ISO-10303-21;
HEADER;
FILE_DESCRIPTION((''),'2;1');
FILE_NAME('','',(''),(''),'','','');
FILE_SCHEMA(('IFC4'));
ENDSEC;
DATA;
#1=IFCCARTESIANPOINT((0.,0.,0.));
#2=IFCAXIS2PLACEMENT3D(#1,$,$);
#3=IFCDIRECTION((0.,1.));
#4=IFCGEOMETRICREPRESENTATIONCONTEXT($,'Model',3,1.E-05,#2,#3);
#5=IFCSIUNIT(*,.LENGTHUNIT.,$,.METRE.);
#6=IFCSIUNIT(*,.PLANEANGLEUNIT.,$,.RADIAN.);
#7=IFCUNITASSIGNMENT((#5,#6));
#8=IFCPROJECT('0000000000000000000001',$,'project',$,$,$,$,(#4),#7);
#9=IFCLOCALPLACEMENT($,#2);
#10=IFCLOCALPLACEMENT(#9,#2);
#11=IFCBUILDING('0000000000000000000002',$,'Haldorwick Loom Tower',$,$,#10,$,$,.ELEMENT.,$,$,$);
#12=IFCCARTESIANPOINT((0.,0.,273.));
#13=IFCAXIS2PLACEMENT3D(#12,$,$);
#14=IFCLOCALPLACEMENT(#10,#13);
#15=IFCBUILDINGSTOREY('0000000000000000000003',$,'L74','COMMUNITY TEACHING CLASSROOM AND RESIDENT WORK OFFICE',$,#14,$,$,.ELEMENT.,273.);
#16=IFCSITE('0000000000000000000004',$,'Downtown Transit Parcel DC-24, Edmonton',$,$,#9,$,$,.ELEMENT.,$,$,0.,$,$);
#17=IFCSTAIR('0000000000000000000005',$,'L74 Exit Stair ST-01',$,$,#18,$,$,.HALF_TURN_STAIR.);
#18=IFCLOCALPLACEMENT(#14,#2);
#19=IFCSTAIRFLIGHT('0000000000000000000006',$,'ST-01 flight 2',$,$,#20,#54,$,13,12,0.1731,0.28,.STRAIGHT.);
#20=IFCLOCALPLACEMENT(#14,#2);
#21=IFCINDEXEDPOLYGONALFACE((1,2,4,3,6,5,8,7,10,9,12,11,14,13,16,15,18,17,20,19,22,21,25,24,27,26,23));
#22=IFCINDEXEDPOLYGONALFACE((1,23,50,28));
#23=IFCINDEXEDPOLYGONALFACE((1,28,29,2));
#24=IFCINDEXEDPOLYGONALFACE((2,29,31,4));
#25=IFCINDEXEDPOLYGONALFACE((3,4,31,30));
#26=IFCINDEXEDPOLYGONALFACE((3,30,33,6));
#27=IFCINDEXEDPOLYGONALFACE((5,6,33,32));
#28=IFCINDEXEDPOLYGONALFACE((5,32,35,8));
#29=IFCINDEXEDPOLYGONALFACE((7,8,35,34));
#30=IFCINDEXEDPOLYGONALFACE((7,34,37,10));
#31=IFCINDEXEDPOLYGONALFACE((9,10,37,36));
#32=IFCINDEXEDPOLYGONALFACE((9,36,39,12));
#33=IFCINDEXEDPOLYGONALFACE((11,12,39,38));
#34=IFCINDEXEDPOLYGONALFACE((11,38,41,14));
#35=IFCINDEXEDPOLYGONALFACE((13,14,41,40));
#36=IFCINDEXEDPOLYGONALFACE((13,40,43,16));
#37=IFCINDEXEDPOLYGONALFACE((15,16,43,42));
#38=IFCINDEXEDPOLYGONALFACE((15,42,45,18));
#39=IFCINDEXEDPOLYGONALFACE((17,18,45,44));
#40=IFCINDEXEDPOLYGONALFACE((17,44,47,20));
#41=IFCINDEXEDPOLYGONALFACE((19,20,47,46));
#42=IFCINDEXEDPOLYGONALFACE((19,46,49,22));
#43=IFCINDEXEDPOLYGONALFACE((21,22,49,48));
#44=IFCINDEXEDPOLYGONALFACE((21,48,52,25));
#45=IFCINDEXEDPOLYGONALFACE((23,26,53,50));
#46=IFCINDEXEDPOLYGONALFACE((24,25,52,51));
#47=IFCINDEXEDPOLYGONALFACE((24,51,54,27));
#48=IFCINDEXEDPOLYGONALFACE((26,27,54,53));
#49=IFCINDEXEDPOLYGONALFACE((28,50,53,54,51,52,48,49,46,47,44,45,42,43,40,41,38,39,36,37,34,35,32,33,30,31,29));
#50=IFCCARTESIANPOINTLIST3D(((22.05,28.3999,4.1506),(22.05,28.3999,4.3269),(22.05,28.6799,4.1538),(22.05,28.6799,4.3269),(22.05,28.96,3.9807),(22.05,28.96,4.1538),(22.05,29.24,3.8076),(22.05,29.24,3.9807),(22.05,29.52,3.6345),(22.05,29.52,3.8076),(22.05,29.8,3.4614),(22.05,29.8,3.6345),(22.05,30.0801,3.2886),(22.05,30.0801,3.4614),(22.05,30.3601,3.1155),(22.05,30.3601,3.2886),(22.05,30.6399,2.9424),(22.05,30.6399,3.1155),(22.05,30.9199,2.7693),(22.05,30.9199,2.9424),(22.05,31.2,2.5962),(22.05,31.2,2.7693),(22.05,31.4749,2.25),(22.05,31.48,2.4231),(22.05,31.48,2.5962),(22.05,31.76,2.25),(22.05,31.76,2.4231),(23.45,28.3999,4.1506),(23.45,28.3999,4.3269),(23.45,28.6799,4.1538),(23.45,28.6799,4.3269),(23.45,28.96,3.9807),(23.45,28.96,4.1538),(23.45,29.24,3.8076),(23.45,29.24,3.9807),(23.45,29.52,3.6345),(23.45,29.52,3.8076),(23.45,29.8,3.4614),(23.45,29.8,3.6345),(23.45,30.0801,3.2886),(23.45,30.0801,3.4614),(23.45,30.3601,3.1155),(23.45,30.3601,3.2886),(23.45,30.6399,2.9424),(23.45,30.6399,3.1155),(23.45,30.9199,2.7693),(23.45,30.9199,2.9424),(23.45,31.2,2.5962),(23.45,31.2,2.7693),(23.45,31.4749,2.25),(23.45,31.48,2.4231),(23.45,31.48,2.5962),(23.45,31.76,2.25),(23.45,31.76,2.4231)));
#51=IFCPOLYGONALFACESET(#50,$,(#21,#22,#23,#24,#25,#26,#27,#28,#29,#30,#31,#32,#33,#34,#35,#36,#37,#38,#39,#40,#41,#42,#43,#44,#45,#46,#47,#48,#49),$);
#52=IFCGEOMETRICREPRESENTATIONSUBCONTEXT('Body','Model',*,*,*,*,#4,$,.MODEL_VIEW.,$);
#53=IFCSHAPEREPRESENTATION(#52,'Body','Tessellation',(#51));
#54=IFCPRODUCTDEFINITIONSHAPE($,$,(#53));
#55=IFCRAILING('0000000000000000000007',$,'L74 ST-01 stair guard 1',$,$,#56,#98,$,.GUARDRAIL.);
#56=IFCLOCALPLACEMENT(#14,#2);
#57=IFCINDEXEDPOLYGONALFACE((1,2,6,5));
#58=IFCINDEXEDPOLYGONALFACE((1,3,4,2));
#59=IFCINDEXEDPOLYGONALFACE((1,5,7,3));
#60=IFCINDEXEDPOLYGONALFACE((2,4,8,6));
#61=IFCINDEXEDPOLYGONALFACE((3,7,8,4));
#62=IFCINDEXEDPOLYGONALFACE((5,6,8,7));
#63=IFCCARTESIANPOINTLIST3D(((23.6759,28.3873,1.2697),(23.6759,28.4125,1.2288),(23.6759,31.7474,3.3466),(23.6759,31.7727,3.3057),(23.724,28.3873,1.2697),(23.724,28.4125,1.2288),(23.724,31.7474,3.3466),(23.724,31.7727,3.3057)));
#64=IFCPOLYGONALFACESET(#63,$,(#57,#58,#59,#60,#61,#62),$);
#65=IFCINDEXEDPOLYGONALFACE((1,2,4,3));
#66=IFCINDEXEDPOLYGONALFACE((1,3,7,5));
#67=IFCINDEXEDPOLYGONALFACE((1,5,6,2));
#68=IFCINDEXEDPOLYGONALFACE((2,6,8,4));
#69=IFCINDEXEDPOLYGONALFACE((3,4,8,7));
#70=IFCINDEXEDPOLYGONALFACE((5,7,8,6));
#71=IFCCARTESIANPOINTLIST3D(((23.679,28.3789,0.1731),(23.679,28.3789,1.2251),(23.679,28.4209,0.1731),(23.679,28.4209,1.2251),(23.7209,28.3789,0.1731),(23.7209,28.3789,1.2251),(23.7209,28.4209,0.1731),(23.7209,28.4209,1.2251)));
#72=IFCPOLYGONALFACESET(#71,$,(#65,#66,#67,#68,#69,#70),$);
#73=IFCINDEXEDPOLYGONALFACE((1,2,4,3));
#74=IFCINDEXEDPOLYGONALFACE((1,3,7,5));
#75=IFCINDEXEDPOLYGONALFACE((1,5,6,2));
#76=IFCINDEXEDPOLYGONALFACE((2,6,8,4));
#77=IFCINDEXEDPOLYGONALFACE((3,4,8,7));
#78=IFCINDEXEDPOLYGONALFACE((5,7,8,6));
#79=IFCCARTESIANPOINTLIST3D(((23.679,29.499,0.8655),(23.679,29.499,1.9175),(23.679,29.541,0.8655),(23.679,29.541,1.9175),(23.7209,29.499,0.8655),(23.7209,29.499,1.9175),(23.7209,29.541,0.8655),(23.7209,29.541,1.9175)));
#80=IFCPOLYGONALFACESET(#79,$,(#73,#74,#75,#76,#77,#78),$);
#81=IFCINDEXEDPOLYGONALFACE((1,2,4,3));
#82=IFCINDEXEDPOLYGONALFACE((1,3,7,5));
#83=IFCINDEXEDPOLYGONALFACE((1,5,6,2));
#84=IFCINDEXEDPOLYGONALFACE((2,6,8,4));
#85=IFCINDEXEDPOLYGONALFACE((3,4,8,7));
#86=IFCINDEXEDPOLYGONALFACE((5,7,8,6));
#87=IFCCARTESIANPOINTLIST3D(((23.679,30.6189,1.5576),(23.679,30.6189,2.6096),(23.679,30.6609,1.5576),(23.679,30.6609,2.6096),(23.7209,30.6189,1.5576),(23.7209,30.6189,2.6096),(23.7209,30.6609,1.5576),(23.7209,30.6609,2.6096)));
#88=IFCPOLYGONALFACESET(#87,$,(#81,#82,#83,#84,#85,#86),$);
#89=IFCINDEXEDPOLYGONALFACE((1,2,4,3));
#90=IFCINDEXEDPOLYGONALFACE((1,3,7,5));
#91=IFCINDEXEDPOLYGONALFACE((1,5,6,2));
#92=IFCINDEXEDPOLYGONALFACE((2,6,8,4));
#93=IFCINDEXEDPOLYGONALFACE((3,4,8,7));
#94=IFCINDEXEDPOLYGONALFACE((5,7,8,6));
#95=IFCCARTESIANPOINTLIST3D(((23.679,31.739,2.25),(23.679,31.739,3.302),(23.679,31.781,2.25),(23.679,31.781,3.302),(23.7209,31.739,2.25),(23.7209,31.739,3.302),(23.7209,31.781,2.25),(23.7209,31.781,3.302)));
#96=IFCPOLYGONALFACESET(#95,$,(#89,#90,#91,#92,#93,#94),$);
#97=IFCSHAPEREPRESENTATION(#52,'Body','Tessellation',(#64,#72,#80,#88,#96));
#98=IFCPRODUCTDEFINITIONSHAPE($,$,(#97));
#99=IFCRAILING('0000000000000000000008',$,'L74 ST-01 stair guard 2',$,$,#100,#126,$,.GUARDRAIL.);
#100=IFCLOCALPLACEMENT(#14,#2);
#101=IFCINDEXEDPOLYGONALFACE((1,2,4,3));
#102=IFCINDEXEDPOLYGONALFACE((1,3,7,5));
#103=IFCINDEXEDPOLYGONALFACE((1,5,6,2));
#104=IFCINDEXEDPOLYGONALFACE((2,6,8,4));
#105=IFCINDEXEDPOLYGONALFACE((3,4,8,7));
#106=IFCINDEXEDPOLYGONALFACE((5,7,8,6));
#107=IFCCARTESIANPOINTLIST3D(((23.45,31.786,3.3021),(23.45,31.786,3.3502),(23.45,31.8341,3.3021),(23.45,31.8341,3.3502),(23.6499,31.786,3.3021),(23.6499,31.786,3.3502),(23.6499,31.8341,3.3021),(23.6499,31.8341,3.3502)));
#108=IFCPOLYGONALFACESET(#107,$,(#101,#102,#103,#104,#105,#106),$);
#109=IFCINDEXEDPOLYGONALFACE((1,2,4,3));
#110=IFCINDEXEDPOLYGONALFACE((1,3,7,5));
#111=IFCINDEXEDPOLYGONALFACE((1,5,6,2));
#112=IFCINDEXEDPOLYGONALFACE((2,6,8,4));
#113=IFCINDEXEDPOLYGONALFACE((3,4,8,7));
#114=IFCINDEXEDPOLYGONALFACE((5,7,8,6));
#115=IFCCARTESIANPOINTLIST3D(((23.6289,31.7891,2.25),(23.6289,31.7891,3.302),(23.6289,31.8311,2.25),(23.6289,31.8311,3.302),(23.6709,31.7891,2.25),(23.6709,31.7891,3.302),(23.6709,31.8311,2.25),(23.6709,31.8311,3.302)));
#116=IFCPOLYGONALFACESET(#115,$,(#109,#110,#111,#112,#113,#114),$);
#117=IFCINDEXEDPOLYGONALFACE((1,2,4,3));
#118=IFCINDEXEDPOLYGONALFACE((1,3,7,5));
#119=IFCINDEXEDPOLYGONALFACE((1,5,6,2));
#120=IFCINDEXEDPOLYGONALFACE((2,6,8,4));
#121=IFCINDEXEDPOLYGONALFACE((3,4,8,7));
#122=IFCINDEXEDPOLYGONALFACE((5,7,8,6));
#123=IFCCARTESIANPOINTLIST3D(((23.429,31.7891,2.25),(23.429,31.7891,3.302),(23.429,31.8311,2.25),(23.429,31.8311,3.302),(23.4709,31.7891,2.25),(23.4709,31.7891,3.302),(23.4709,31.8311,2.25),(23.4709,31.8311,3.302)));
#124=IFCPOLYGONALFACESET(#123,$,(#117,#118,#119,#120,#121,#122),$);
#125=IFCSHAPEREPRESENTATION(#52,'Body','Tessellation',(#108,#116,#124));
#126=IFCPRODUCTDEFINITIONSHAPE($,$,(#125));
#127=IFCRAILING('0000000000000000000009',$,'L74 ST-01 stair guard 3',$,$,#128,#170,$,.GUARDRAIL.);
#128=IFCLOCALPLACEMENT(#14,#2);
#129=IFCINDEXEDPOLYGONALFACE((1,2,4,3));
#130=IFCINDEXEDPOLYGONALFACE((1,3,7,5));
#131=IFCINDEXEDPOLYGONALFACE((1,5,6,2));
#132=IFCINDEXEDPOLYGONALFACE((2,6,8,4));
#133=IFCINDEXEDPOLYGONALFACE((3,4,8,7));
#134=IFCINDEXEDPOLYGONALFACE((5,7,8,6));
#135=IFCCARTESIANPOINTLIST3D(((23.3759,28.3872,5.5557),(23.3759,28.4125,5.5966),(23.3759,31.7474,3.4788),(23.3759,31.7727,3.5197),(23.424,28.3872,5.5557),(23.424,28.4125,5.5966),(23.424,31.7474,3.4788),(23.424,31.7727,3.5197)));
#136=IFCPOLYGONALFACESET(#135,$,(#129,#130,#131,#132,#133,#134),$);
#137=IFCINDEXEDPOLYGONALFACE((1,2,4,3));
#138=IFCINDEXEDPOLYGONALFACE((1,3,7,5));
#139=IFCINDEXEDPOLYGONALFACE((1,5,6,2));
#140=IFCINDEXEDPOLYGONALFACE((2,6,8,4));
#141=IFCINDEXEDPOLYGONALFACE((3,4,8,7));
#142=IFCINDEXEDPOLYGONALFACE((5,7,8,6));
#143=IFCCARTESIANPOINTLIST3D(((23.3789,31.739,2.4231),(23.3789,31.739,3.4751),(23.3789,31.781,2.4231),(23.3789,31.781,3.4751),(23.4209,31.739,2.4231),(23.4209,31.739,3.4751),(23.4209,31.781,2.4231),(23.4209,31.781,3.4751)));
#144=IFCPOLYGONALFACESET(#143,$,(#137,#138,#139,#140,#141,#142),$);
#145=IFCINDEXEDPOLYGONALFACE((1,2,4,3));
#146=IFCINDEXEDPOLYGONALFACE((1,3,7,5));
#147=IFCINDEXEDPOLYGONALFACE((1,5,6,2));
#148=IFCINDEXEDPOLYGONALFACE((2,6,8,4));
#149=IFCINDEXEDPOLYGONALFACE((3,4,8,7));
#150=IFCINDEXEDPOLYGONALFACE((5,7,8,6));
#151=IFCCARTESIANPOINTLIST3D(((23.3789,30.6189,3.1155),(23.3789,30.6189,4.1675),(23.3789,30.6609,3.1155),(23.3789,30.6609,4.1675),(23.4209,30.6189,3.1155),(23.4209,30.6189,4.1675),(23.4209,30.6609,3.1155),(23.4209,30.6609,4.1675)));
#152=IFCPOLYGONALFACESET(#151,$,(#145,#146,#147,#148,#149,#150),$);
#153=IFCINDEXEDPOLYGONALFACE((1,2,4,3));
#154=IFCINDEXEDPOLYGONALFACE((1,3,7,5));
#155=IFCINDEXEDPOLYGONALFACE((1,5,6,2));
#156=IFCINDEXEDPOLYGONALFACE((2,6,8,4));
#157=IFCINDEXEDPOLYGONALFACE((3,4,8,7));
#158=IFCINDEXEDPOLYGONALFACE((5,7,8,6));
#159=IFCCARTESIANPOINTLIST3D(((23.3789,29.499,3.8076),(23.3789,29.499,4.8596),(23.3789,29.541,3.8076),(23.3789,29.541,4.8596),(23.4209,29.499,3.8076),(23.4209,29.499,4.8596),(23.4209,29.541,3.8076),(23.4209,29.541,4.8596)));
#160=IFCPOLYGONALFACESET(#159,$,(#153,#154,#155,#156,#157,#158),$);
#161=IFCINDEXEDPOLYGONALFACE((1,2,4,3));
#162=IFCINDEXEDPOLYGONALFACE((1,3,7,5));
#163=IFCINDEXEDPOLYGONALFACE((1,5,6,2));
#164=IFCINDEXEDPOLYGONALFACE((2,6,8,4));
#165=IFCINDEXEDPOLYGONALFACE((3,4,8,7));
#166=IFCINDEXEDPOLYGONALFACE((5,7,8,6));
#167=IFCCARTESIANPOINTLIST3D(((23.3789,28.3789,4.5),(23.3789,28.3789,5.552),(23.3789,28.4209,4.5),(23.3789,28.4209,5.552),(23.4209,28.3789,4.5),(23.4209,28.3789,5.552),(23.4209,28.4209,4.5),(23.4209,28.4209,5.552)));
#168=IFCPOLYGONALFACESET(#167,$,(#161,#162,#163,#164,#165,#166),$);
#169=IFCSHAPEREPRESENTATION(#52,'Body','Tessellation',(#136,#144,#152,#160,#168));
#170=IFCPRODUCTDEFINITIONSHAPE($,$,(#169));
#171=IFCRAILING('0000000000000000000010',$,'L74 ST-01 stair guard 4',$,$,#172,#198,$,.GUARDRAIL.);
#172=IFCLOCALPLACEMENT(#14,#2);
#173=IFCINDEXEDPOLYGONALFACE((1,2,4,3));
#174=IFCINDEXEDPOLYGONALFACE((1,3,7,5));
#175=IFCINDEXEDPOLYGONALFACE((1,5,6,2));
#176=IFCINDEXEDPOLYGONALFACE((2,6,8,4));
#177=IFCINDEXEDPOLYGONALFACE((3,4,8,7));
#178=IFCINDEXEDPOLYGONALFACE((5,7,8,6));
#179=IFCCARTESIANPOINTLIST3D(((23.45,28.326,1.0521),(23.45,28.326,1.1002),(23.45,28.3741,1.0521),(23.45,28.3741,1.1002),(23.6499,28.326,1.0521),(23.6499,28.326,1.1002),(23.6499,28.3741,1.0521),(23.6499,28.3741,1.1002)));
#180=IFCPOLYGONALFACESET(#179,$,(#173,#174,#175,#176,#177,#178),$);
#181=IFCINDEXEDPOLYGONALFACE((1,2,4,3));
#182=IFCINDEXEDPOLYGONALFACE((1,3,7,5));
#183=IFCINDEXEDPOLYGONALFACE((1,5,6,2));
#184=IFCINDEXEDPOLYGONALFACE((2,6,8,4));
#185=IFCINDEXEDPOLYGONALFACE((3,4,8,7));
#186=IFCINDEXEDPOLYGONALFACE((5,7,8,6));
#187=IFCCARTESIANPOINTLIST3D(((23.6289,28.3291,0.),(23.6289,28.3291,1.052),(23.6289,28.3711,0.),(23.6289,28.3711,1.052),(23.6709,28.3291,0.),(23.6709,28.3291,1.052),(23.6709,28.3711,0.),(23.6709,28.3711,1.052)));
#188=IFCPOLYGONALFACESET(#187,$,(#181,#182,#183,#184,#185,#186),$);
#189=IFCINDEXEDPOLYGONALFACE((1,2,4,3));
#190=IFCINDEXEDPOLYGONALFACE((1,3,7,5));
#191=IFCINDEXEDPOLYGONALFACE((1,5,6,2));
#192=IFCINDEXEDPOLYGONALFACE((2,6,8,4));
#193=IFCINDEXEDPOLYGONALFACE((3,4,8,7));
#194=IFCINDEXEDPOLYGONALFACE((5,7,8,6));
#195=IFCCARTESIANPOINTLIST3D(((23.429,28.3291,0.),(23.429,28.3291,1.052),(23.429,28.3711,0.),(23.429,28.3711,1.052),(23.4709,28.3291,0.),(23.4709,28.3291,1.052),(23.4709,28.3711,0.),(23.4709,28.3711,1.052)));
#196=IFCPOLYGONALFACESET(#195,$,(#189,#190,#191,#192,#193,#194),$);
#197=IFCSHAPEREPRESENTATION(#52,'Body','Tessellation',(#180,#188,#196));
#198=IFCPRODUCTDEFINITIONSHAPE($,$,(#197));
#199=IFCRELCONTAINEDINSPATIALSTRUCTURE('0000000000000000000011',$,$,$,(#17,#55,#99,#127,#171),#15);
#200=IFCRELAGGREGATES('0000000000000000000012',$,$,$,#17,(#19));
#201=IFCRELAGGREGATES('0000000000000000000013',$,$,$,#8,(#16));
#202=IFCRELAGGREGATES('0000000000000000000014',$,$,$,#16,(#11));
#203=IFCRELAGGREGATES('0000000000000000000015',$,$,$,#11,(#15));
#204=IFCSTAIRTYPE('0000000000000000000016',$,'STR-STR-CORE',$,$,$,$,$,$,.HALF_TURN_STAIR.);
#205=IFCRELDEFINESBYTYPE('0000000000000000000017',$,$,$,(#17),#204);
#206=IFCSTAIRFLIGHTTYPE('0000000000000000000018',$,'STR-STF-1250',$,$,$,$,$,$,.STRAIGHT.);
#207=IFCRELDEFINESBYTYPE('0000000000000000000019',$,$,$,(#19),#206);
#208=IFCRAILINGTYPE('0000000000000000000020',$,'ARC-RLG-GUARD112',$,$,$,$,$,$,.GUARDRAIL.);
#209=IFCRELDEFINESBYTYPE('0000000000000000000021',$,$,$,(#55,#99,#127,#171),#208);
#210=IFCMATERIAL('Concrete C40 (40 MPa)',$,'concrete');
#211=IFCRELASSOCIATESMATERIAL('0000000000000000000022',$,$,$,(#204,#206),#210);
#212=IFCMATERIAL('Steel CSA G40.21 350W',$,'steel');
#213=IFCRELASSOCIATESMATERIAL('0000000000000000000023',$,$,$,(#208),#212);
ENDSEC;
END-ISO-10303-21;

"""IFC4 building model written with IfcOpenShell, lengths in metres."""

from ifc_helpers import new_model, si_unit, direction, frame, origin, origin_2d, place, context, subcontext, project, spatial, polyline, rectangle, outline, extrude, material, type_object, element, aggregate, save


model = new_model("IFC4")

# Units and contexts
model_context = context("Model", 3, precision=1e-05, world=origin(), true_north=direction((0.0, 1.0)))
body_context = subcontext(model_context, "Body", "Model", "MODEL_VIEW")
ifc_project = project(units=[si_unit("LENGTHUNIT", "METRE"), si_unit("PLANEANGLEUNIT", "RADIAN")], contexts=[model_context])

# Site, building, storey
site_placement = place(None, origin())
site = spatial("IfcSite", under=ifc_project, at=site_placement, Name="Downtown Transit Parcel DC-24, Edmonton", CompositionType="ELEMENT", RefElevation=0.0)
building_placement = place(site_placement, origin())
building = spatial("IfcBuilding", under=site, at=building_placement, Name="Haldorwick Loom Tower", CompositionType="ELEMENT")
storey_placement = place(building_placement, frame((0.0, 0.0, 273.0)))
storey = spatial("IfcBuildingStorey", under=building, at=storey_placement, Name="L74", Description="COMMUNITY TEACHING CLASSROOM AND RESIDENT WORK OFFICE", CompositionType="ELEMENT", Elevation=273.0)

# Shared definitions
ifc_material_1 = material(Name="Steel CSA G40.21 350W", Category="steel")

# Stair, stair flight
ifc_material_2 = material(Name="Concrete C40 (40 MPa)", Category="concrete")
stair_type = type_object("IfcStairType", Name="STR-STR-CORE", PredefinedType="HALF_TURN_STAIR", material=ifc_material_2)
stair_placement = place(storey_placement, origin())
stair = element("IfcStair", 1, at=stair_placement, inside=storey, type_object=stair_type, Name="L74 Exit Stair ST-01", PredefinedType="HALF_TURN_STAIR")
stair_flight_type = type_object("IfcStairFlightType", Name="STR-STF-1250", PredefinedType="STRAIGHT", material=ifc_material_2)
stair_flight_1_placement = place(storey_placement, frame((22.75, 31.76, 2.25), z_axis=(0.0, 0.0, 1.0), x_axis=(0.0, -1.0, 0.0)))
stair_flight_1 = element("IfcStairFlight", 2, at=stair_flight_1_placement, type_object=stair_flight_type, Name="ST-01 flight 2", NumberOfRisers=13, NumberOfTreads=12, PredefinedType="STRAIGHT", RiserHeight=0.1731, TreadLength=0.28, context=body_context, shape_type="SweptSolid", body=[
    extrude(outline(polyline([(0.0, 0.0), (0.0, 0.1731), (0.28, 0.1731), (0.28, 0.3462), (0.5601, 0.3462), (0.5601, 0.5193), (0.8401, 0.5193), (0.8401, 0.6924), (1.1201, 0.6924), (1.1201, 0.8655), (1.3999, 0.8655), (1.3999, 1.0386), (1.6799, 1.0386), (1.6799, 1.2114), (1.96, 1.2114), (1.96, 1.3845), (2.24, 1.3845), (2.24, 1.5576), (2.52, 1.5576), (2.52, 1.7307), (2.8, 1.7307), (2.8, 1.9038), (3.0801, 1.9038), (3.0801, 2.0769), (3.3601, 2.0769), (3.3601, 2.25), (3.3601, 1.9006), (0.2852, 0.0), (0.0, 0.0)])), frame((0.0, 0.7, 0.0), z_axis=(0.0, -1.0, 0.0), x_axis=(1.0, 0.0, 0.0)), (0.0, 0.0, 1.0), 1.3999),
])
aggregate(stair, [stair_flight_1])

# Railings
railing_type_1 = type_object("IfcRailingType", Name="ARC-RLG-GUARD112", PredefinedType="GUARDRAIL", material=ifc_material_1)
railing_1_placement = place(storey_placement, frame((23.7, 28.3999, 0.1731)))
element("IfcRailing", 3, at=railing_1_placement, inside=storey, type_object=railing_type_1, Name="L74 ST-01 stair guard 1", PredefinedType="GUARDRAIL", context=body_context, shape_type="SweptSolid", body=[
    extrude(rectangle(XDim=0.0481, YDim=0.0481, at=origin_2d()), frame((0.0, 0.0, 1.0762), z_axis=(0.0, 0.850623, 0.525776), x_axis=(-1.0, 0.0, 0.0)), (0.0, 0.0, 1.0), 3.9502),
    extrude(rectangle(XDim=0.042, YDim=0.042, at=origin_2d()), origin(), (0.0, 0.0, 1.0), 1.052),
    extrude(rectangle(XDim=0.042, YDim=0.042, at=origin_2d()), frame((0.0, 1.1201, 0.6924)), (0.0, 0.0, 1.0), 1.052),
    extrude(rectangle(XDim=0.042, YDim=0.042, at=origin_2d()), frame((0.0, 2.24, 1.3845)), (0.0, 0.0, 1.0), 1.052),
    extrude(rectangle(XDim=0.042, YDim=0.042, at=origin_2d()), frame((0.0, 3.3601, 2.0769)), (0.0, 0.0, 1.0), 1.052),
])
railing_2_placement = place(storey_placement, frame((23.6499, 31.8101, 2.25)))
element("IfcRailing", 4, at=railing_2_placement, inside=storey, type_object=railing_type_1, Name="L74 ST-01 stair guard 2", PredefinedType="GUARDRAIL", context=body_context, shape_type="SweptSolid", body=[
    extrude(rectangle(XDim=0.0481, YDim=0.0481, at=origin_2d()), frame((0.0, 0.0, 1.0762), z_axis=(-1.0, 0.0, 0.0), x_axis=(0.0, -1.0, 0.0)), (0.0, 0.0, 1.0), 0.2),
    extrude(rectangle(XDim=0.042, YDim=0.042, at=origin_2d()), origin(), (0.0, 0.0, 1.0), 1.052),
    extrude(rectangle(XDim=0.042, YDim=0.042, at=origin_2d()), frame((-0.2, 0.0, 0.0)), (0.0, 0.0, 1.0), 1.052),
])
railing_3_placement = place(storey_placement, frame((23.3999, 31.76, 2.4231)))
element("IfcRailing", 5, at=railing_3_placement, inside=storey, type_object=railing_type_1, Name="L74 ST-01 stair guard 3", PredefinedType="GUARDRAIL", context=body_context, shape_type="SweptSolid", body=[
    extrude(rectangle(XDim=0.0481, YDim=0.0481, at=origin_2d()), frame((0.0, 0.0, 1.0762), z_axis=(0.0, -0.850623, 0.525776), x_axis=(1.0, 0.0, 0.0)), (0.0, 0.0, 1.0), 3.9502),
    extrude(rectangle(XDim=0.042, YDim=0.042, at=origin_2d()), origin(), (0.0, 0.0, 1.0), 1.052),
    extrude(rectangle(XDim=0.042, YDim=0.042, at=origin_2d()), frame((0.0, -1.1201, 0.6924)), (0.0, 0.0, 1.0), 1.052),
    extrude(rectangle(XDim=0.042, YDim=0.042, at=origin_2d()), frame((0.0, -2.24, 1.3845)), (0.0, 0.0, 1.0), 1.052),
    extrude(rectangle(XDim=0.042, YDim=0.042, at=origin_2d()), frame((0.0, -3.3601, 2.0769)), (0.0, 0.0, 1.0), 1.052),
])
railing_4_placement = place(storey_placement, frame((23.6499, 28.3501, 0.0)))
element("IfcRailing", 6, at=railing_4_placement, inside=storey, type_object=railing_type_1, Name="L74 ST-01 stair guard 4", PredefinedType="GUARDRAIL", context=body_context, shape_type="SweptSolid", body=[
    extrude(rectangle(XDim=0.0481, YDim=0.0481, at=origin_2d()), frame((0.0, 0.0, 1.0762), z_axis=(-1.0, 0.0, 0.0), x_axis=(0.0, -1.0, 0.0)), (0.0, 0.0, 1.0), 0.2),
    extrude(rectangle(XDim=0.042, YDim=0.042, at=origin_2d()), origin(), (0.0, 0.0, 1.0), 1.052),
    extrude(rectangle(XDim=0.042, YDim=0.042, at=origin_2d()), frame((-0.2, 0.0, 0.0)), (0.0, 0.0, 1.0), 1.052),
])

save(model, "model.ifc")
